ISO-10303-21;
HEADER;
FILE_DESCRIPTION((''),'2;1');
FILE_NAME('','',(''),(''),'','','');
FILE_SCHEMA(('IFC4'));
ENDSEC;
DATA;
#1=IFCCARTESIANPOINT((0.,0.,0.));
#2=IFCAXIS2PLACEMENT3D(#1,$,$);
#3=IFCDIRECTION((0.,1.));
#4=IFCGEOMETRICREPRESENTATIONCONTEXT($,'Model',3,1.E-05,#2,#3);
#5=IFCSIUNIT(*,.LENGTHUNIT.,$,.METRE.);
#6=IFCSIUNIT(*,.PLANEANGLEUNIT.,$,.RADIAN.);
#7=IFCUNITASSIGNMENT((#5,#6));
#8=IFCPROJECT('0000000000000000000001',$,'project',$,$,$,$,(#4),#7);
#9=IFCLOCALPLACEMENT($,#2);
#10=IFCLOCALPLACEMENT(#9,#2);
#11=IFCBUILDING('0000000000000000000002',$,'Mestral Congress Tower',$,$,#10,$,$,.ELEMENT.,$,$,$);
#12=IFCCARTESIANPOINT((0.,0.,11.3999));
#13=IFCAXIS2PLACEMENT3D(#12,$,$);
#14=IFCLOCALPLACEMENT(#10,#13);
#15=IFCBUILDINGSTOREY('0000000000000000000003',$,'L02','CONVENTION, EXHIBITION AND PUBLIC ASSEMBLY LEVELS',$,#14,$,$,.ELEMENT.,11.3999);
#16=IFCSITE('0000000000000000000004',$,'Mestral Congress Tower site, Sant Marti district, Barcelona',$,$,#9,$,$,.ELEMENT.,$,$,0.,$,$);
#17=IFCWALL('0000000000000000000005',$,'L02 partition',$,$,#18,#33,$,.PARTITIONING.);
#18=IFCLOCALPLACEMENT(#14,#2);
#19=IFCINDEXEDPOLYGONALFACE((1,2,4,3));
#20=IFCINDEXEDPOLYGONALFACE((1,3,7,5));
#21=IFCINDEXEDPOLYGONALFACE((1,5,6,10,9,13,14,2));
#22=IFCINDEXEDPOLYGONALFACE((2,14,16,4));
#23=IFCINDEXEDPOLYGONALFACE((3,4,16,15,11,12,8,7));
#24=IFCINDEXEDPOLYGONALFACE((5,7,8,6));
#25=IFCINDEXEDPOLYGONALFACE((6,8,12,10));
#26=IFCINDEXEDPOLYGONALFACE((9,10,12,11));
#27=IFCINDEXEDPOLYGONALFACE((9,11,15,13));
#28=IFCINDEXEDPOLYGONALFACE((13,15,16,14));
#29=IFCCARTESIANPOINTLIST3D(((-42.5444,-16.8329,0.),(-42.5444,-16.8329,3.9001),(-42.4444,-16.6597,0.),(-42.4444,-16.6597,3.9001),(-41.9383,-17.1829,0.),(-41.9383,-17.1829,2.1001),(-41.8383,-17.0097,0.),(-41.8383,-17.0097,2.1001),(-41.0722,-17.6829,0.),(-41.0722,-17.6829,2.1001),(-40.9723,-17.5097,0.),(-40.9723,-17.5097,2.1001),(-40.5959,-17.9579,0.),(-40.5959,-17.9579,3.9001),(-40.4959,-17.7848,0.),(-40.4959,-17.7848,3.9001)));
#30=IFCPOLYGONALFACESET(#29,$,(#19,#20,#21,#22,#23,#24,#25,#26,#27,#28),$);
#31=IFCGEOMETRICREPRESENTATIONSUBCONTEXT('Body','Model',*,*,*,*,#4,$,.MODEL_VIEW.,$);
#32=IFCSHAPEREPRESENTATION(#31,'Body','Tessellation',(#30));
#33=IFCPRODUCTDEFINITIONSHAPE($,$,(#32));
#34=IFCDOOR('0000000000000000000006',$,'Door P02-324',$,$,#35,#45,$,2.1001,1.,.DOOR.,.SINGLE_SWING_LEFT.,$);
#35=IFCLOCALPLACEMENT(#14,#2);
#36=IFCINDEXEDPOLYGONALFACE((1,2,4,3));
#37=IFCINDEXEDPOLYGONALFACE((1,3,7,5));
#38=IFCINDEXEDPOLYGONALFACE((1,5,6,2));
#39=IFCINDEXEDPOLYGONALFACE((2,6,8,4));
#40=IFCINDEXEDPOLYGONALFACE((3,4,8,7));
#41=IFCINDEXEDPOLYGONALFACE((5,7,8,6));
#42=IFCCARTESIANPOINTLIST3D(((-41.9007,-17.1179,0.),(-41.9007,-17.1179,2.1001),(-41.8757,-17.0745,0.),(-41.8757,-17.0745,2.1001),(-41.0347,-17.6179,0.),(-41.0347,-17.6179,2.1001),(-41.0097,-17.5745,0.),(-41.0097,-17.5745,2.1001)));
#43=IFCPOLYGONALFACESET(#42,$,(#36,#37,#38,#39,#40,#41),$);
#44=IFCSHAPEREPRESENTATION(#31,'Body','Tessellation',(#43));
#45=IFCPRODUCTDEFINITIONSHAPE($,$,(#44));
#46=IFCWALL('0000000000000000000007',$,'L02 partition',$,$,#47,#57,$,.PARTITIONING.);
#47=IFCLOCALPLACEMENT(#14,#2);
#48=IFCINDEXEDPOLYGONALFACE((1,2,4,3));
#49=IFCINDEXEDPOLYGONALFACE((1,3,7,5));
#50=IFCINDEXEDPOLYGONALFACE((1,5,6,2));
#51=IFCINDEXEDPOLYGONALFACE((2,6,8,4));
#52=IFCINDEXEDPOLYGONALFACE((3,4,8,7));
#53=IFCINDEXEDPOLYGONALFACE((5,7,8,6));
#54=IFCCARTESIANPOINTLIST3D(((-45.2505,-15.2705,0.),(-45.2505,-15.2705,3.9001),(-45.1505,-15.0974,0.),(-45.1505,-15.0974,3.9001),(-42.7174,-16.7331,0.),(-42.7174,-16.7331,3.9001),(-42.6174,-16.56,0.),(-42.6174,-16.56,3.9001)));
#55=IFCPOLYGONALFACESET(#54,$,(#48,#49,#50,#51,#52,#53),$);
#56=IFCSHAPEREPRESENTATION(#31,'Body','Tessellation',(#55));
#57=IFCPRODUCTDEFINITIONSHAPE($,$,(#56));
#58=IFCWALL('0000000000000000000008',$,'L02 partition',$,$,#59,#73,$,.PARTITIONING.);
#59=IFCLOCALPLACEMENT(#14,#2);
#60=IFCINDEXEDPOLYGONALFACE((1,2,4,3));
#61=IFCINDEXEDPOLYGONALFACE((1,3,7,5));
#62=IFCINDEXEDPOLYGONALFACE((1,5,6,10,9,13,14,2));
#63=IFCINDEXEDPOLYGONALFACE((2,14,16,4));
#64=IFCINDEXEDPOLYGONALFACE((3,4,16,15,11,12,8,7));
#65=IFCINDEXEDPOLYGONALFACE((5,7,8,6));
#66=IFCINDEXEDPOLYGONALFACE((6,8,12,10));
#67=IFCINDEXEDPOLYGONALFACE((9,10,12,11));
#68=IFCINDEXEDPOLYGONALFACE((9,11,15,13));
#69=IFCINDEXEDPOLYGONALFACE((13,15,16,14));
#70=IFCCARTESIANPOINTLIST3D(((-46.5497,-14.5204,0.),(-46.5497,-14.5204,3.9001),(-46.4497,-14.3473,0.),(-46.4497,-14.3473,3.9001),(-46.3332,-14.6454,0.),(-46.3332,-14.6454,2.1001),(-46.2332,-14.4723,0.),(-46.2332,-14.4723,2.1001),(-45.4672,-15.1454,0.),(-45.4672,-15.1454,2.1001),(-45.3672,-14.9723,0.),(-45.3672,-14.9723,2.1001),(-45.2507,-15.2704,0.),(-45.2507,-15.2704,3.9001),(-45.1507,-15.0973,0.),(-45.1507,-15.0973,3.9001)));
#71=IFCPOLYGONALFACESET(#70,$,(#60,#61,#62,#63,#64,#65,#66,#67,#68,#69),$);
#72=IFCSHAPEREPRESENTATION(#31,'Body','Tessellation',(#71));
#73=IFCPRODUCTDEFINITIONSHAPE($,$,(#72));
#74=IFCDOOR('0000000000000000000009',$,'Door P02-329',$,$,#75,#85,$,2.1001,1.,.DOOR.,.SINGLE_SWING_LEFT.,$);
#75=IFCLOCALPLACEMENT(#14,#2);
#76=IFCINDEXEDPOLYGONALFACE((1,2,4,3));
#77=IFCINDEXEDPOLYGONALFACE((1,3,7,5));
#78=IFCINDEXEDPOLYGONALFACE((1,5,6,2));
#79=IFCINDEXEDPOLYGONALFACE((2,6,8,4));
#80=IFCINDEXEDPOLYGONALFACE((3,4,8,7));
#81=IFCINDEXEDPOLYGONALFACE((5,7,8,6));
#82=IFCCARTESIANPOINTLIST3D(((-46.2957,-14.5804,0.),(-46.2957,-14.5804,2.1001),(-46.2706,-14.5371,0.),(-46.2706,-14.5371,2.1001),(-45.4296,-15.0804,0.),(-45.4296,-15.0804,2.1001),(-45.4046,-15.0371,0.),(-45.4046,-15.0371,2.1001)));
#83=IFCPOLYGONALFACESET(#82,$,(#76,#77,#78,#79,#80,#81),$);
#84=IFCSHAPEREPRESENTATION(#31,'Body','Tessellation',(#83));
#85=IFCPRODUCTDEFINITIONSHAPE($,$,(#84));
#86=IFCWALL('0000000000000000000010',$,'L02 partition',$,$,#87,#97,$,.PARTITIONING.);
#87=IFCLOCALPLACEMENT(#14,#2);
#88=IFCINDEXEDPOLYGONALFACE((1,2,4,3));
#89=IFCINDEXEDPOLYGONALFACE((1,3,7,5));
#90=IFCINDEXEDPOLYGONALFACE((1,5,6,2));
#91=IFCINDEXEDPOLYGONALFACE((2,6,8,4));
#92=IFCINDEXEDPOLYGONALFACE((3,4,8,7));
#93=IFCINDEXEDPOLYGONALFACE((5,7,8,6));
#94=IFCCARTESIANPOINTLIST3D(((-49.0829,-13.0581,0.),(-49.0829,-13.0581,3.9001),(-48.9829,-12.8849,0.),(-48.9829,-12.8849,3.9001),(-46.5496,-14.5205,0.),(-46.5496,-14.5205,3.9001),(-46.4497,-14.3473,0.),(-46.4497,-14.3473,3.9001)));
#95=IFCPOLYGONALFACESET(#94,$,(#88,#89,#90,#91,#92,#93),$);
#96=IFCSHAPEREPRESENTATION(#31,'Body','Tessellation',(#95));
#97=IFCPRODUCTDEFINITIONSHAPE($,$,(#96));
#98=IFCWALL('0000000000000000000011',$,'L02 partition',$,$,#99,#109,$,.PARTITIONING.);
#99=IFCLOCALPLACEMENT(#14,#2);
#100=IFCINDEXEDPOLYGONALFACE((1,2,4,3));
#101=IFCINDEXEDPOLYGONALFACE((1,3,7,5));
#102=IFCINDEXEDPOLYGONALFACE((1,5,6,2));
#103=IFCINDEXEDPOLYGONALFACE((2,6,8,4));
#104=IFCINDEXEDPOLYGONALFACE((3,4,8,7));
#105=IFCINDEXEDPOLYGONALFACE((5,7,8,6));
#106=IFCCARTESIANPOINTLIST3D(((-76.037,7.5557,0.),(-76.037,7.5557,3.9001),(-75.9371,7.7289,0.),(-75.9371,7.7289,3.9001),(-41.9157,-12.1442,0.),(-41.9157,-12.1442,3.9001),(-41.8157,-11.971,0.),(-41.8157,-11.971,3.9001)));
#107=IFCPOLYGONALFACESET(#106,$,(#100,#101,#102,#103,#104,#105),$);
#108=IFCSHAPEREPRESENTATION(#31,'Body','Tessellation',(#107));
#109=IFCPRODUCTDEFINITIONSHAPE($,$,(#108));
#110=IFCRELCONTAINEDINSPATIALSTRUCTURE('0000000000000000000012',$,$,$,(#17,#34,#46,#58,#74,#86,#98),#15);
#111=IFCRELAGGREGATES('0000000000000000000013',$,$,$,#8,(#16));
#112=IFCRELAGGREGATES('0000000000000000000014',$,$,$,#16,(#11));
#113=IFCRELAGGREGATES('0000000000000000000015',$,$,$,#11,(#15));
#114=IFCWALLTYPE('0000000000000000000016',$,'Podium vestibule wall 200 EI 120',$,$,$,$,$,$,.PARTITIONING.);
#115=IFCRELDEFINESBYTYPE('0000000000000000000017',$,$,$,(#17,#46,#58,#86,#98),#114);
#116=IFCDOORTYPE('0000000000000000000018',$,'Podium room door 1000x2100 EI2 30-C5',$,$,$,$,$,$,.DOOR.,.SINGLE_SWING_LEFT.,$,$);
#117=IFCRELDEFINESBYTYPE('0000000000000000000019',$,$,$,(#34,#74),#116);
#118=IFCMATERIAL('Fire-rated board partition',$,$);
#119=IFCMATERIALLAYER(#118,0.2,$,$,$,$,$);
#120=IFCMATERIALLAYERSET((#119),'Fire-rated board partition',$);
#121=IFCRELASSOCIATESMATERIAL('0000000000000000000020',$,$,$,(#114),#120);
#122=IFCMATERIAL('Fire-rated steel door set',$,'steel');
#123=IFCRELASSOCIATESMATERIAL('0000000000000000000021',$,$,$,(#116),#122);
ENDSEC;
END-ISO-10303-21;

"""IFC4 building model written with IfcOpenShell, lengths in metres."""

from ifc_helpers import new_model, si_unit, direction, frame, frame_2d, origin, place, context, subcontext, project, spatial, rectangle, extrude, material, layer, layer_set, type_object, element, fill, save


model = new_model("IFC4")

# Units and contexts
model_context = context("Model", 3, precision=1e-05, world=origin(), true_north=direction((0.0, 1.0)))
body_context = subcontext(model_context, "Body", "Model", "MODEL_VIEW")
ifc_project = project(units=[si_unit("LENGTHUNIT", "METRE"), si_unit("PLANEANGLEUNIT", "RADIAN")], contexts=[model_context])

# Site, building, storey
site_placement = place(None, origin())
site = spatial("IfcSite", under=ifc_project, at=site_placement, Name="Mestral Congress Tower site, Sant Marti district, Barcelona", CompositionType="ELEMENT", RefElevation=0.0)
building_placement = place(site_placement, origin())
building = spatial("IfcBuilding", under=site, at=building_placement, Name="Mestral Congress Tower", CompositionType="ELEMENT")
storey_placement = place(building_placement, frame((0.0, 0.0, 11.3999)))
storey = spatial("IfcBuildingStorey", under=building, at=storey_placement, Name="L02", Description="CONVENTION, EXHIBITION AND PUBLIC ASSEMBLY LEVELS", CompositionType="ELEMENT", Elevation=11.3999)

# Shared definitions
ifc_material_1 = material(Name="Fire-rated steel door set", Category="steel")

# Shared definitions
ifc_material_2 = material(Name="Fire-rated board partition")
ifc_layer_1 = layer(ifc_material_2, 0.2)
ifc_layer_set_1 = layer_set([ifc_layer_1], Name="Fire-rated board partition")
wall_type_1 = type_object("IfcWallType", Name="Podium vestibule wall 200 EI 120", PredefinedType="PARTITIONING", material=ifc_layer_set_1)

# Wall, opening, door
wall_1_placement = place(storey_placement, frame((-40.5459, -17.8713, 0.0), z_axis=(0.0, 0.0, 1.0), x_axis=(-0.866018, 0.500014, 0.0)))
wall_1 = element("IfcWall", 1, at=wall_1_placement, inside=storey, type_object=wall_type_1, Name="L02 partition", PredefinedType="PARTITIONING", context=body_context, shape_type="SweptSolid", body=[
    extrude(rectangle(XDim=2.25, YDim=0.2, at=frame_2d((1.125, 0.0))), origin(), (0.0, 0.0, 1.0), 3.9001),
])
opening_1_placement = place(wall_1_placement, frame((0.55, 0.0, 0.0)))
opening_1 = element("IfcOpeningElement", 2, at=opening_1_placement, cuts=wall_1, PredefinedType="OPENING", context=body_context, shape_type="SweptSolid", body=[
    extrude(rectangle(XDim=1.0, YDim=2.1001, at=frame_2d((0.5, 1.05))), frame((0.0, 0.1099, 0.0), z_axis=(0.0, -1.0, 0.0), x_axis=(1.0, 0.0, 0.0)), (0.0, 0.0, 1.0), 0.22),
])
door_type_1 = type_object("IfcDoorType", Name="Podium room door 1000x2100 EI2 30-C5", OperationType="SINGLE_SWING_LEFT", PredefinedType="DOOR", material=ifc_material_1)
door_1_placement = place(opening_1_placement, origin())
door_1 = element("IfcDoor", 3, at=door_1_placement, inside=storey, type_object=door_type_1, Name="Door P02-324", OperationType="SINGLE_SWING_LEFT", OverallHeight=2.1001, OverallWidth=1.0, PredefinedType="DOOR", context=body_context, shape_type="SweptSolid", body=[
    extrude(rectangle(XDim=1.0, YDim=2.1001, at=frame_2d((0.5, 1.05))), frame((0.0, 0.0249, 0.0), z_axis=(0.0, -1.0, 0.0), x_axis=(1.0, 0.0, 0.0)), (0.0, 0.0, 1.0), 0.05),
])
fill(opening_1, door_1)

# Wall
wall_2_placement = place(storey_placement, frame((-42.6675, -16.6465, 0.0), z_axis=(0.0, 0.0, 1.0), x_axis=(-0.86601, 0.500026, 0.0)))
element("IfcWall", 4, at=wall_2_placement, inside=storey, type_object=wall_type_1, Name="L02 partition", PredefinedType="PARTITIONING", context=body_context, shape_type="SweptSolid", body=[
    extrude(rectangle(XDim=2.925, YDim=0.2, at=frame_2d((1.4624, 0.0))), origin(), (0.0, 0.0, 1.0), 3.9001),
])

# Wall, opening, door
wall_3_placement = place(storey_placement, frame((-45.2007, -15.1838, 0.0), z_axis=(0.0, 0.0, 1.0), x_axis=(-0.866031, 0.49999, 0.0)))
wall_3 = element("IfcWall", 5, at=wall_3_placement, inside=storey, type_object=wall_type_1, Name="L02 partition", PredefinedType="PARTITIONING", context=body_context, shape_type="SweptSolid", body=[
    extrude(rectangle(XDim=1.5, YDim=0.2, at=frame_2d((0.75, 0.0))), origin(), (0.0, 0.0, 1.0), 3.9001),
])
opening_2_placement = place(wall_3_placement, frame((0.25, 0.0, 0.0)))
opening_2 = element("IfcOpeningElement", 6, at=opening_2_placement, cuts=wall_3, PredefinedType="OPENING", context=body_context, shape_type="SweptSolid", body=[
    extrude(rectangle(XDim=1.0, YDim=2.1001, at=frame_2d((0.5, 1.05))), frame((0.0, 0.1099, 0.0), z_axis=(0.0, -1.0, 0.0), x_axis=(1.0, 0.0, 0.0)), (0.0, 0.0, 1.0), 0.22),
])
door_2_placement = place(opening_2_placement, origin())
door_2 = element("IfcDoor", 7, at=door_2_placement, inside=storey, type_object=door_type_1, Name="Door P02-329", OperationType="SINGLE_SWING_LEFT", OverallHeight=2.1001, OverallWidth=1.0, PredefinedType="DOOR", context=body_context, shape_type="SweptSolid", body=[
    extrude(rectangle(XDim=1.0, YDim=2.1001, at=frame_2d((0.5, 1.05))), frame((0.0, 0.0249, 0.0), z_axis=(0.0, -1.0, 0.0), x_axis=(1.0, 0.0, 0.0)), (0.0, 0.0, 1.0), 0.05),
])
fill(opening_2, door_2)

# Walls
wall_4_placement = place(storey_placement, frame((-46.4998, -14.4338, 0.0), z_axis=(0.0, 0.0, 1.0), x_axis=(-0.866047, 0.499963, 0.0)))
element("IfcWall", 8, at=wall_4_placement, inside=storey, type_object=wall_type_1, Name="L02 partition", PredefinedType="PARTITIONING", context=body_context, shape_type="SweptSolid", body=[
    extrude(rectangle(XDim=2.925, YDim=0.2, at=frame_2d((1.4624, 0.0))), origin(), (0.0, 0.0, 1.0), 3.9001),
])
wall_5_placement = place(storey_placement, frame((-41.8657, -12.0576, 0.0), z_axis=(0.0, 0.0, 1.0), x_axis=(-0.866026, 0.5, 0.0)))
element("IfcWall", 9, at=wall_5_placement, inside=storey, type_object=wall_type_1, Name="L02 partition", PredefinedType="PARTITIONING", context=body_context, shape_type="SweptSolid", body=[
    extrude(rectangle(XDim=39.3999, YDim=0.2, at=frame_2d((19.7, 0.0))), origin(), (0.0, 0.0, 1.0), 3.9001),
])

save(model, "model.ifc")
